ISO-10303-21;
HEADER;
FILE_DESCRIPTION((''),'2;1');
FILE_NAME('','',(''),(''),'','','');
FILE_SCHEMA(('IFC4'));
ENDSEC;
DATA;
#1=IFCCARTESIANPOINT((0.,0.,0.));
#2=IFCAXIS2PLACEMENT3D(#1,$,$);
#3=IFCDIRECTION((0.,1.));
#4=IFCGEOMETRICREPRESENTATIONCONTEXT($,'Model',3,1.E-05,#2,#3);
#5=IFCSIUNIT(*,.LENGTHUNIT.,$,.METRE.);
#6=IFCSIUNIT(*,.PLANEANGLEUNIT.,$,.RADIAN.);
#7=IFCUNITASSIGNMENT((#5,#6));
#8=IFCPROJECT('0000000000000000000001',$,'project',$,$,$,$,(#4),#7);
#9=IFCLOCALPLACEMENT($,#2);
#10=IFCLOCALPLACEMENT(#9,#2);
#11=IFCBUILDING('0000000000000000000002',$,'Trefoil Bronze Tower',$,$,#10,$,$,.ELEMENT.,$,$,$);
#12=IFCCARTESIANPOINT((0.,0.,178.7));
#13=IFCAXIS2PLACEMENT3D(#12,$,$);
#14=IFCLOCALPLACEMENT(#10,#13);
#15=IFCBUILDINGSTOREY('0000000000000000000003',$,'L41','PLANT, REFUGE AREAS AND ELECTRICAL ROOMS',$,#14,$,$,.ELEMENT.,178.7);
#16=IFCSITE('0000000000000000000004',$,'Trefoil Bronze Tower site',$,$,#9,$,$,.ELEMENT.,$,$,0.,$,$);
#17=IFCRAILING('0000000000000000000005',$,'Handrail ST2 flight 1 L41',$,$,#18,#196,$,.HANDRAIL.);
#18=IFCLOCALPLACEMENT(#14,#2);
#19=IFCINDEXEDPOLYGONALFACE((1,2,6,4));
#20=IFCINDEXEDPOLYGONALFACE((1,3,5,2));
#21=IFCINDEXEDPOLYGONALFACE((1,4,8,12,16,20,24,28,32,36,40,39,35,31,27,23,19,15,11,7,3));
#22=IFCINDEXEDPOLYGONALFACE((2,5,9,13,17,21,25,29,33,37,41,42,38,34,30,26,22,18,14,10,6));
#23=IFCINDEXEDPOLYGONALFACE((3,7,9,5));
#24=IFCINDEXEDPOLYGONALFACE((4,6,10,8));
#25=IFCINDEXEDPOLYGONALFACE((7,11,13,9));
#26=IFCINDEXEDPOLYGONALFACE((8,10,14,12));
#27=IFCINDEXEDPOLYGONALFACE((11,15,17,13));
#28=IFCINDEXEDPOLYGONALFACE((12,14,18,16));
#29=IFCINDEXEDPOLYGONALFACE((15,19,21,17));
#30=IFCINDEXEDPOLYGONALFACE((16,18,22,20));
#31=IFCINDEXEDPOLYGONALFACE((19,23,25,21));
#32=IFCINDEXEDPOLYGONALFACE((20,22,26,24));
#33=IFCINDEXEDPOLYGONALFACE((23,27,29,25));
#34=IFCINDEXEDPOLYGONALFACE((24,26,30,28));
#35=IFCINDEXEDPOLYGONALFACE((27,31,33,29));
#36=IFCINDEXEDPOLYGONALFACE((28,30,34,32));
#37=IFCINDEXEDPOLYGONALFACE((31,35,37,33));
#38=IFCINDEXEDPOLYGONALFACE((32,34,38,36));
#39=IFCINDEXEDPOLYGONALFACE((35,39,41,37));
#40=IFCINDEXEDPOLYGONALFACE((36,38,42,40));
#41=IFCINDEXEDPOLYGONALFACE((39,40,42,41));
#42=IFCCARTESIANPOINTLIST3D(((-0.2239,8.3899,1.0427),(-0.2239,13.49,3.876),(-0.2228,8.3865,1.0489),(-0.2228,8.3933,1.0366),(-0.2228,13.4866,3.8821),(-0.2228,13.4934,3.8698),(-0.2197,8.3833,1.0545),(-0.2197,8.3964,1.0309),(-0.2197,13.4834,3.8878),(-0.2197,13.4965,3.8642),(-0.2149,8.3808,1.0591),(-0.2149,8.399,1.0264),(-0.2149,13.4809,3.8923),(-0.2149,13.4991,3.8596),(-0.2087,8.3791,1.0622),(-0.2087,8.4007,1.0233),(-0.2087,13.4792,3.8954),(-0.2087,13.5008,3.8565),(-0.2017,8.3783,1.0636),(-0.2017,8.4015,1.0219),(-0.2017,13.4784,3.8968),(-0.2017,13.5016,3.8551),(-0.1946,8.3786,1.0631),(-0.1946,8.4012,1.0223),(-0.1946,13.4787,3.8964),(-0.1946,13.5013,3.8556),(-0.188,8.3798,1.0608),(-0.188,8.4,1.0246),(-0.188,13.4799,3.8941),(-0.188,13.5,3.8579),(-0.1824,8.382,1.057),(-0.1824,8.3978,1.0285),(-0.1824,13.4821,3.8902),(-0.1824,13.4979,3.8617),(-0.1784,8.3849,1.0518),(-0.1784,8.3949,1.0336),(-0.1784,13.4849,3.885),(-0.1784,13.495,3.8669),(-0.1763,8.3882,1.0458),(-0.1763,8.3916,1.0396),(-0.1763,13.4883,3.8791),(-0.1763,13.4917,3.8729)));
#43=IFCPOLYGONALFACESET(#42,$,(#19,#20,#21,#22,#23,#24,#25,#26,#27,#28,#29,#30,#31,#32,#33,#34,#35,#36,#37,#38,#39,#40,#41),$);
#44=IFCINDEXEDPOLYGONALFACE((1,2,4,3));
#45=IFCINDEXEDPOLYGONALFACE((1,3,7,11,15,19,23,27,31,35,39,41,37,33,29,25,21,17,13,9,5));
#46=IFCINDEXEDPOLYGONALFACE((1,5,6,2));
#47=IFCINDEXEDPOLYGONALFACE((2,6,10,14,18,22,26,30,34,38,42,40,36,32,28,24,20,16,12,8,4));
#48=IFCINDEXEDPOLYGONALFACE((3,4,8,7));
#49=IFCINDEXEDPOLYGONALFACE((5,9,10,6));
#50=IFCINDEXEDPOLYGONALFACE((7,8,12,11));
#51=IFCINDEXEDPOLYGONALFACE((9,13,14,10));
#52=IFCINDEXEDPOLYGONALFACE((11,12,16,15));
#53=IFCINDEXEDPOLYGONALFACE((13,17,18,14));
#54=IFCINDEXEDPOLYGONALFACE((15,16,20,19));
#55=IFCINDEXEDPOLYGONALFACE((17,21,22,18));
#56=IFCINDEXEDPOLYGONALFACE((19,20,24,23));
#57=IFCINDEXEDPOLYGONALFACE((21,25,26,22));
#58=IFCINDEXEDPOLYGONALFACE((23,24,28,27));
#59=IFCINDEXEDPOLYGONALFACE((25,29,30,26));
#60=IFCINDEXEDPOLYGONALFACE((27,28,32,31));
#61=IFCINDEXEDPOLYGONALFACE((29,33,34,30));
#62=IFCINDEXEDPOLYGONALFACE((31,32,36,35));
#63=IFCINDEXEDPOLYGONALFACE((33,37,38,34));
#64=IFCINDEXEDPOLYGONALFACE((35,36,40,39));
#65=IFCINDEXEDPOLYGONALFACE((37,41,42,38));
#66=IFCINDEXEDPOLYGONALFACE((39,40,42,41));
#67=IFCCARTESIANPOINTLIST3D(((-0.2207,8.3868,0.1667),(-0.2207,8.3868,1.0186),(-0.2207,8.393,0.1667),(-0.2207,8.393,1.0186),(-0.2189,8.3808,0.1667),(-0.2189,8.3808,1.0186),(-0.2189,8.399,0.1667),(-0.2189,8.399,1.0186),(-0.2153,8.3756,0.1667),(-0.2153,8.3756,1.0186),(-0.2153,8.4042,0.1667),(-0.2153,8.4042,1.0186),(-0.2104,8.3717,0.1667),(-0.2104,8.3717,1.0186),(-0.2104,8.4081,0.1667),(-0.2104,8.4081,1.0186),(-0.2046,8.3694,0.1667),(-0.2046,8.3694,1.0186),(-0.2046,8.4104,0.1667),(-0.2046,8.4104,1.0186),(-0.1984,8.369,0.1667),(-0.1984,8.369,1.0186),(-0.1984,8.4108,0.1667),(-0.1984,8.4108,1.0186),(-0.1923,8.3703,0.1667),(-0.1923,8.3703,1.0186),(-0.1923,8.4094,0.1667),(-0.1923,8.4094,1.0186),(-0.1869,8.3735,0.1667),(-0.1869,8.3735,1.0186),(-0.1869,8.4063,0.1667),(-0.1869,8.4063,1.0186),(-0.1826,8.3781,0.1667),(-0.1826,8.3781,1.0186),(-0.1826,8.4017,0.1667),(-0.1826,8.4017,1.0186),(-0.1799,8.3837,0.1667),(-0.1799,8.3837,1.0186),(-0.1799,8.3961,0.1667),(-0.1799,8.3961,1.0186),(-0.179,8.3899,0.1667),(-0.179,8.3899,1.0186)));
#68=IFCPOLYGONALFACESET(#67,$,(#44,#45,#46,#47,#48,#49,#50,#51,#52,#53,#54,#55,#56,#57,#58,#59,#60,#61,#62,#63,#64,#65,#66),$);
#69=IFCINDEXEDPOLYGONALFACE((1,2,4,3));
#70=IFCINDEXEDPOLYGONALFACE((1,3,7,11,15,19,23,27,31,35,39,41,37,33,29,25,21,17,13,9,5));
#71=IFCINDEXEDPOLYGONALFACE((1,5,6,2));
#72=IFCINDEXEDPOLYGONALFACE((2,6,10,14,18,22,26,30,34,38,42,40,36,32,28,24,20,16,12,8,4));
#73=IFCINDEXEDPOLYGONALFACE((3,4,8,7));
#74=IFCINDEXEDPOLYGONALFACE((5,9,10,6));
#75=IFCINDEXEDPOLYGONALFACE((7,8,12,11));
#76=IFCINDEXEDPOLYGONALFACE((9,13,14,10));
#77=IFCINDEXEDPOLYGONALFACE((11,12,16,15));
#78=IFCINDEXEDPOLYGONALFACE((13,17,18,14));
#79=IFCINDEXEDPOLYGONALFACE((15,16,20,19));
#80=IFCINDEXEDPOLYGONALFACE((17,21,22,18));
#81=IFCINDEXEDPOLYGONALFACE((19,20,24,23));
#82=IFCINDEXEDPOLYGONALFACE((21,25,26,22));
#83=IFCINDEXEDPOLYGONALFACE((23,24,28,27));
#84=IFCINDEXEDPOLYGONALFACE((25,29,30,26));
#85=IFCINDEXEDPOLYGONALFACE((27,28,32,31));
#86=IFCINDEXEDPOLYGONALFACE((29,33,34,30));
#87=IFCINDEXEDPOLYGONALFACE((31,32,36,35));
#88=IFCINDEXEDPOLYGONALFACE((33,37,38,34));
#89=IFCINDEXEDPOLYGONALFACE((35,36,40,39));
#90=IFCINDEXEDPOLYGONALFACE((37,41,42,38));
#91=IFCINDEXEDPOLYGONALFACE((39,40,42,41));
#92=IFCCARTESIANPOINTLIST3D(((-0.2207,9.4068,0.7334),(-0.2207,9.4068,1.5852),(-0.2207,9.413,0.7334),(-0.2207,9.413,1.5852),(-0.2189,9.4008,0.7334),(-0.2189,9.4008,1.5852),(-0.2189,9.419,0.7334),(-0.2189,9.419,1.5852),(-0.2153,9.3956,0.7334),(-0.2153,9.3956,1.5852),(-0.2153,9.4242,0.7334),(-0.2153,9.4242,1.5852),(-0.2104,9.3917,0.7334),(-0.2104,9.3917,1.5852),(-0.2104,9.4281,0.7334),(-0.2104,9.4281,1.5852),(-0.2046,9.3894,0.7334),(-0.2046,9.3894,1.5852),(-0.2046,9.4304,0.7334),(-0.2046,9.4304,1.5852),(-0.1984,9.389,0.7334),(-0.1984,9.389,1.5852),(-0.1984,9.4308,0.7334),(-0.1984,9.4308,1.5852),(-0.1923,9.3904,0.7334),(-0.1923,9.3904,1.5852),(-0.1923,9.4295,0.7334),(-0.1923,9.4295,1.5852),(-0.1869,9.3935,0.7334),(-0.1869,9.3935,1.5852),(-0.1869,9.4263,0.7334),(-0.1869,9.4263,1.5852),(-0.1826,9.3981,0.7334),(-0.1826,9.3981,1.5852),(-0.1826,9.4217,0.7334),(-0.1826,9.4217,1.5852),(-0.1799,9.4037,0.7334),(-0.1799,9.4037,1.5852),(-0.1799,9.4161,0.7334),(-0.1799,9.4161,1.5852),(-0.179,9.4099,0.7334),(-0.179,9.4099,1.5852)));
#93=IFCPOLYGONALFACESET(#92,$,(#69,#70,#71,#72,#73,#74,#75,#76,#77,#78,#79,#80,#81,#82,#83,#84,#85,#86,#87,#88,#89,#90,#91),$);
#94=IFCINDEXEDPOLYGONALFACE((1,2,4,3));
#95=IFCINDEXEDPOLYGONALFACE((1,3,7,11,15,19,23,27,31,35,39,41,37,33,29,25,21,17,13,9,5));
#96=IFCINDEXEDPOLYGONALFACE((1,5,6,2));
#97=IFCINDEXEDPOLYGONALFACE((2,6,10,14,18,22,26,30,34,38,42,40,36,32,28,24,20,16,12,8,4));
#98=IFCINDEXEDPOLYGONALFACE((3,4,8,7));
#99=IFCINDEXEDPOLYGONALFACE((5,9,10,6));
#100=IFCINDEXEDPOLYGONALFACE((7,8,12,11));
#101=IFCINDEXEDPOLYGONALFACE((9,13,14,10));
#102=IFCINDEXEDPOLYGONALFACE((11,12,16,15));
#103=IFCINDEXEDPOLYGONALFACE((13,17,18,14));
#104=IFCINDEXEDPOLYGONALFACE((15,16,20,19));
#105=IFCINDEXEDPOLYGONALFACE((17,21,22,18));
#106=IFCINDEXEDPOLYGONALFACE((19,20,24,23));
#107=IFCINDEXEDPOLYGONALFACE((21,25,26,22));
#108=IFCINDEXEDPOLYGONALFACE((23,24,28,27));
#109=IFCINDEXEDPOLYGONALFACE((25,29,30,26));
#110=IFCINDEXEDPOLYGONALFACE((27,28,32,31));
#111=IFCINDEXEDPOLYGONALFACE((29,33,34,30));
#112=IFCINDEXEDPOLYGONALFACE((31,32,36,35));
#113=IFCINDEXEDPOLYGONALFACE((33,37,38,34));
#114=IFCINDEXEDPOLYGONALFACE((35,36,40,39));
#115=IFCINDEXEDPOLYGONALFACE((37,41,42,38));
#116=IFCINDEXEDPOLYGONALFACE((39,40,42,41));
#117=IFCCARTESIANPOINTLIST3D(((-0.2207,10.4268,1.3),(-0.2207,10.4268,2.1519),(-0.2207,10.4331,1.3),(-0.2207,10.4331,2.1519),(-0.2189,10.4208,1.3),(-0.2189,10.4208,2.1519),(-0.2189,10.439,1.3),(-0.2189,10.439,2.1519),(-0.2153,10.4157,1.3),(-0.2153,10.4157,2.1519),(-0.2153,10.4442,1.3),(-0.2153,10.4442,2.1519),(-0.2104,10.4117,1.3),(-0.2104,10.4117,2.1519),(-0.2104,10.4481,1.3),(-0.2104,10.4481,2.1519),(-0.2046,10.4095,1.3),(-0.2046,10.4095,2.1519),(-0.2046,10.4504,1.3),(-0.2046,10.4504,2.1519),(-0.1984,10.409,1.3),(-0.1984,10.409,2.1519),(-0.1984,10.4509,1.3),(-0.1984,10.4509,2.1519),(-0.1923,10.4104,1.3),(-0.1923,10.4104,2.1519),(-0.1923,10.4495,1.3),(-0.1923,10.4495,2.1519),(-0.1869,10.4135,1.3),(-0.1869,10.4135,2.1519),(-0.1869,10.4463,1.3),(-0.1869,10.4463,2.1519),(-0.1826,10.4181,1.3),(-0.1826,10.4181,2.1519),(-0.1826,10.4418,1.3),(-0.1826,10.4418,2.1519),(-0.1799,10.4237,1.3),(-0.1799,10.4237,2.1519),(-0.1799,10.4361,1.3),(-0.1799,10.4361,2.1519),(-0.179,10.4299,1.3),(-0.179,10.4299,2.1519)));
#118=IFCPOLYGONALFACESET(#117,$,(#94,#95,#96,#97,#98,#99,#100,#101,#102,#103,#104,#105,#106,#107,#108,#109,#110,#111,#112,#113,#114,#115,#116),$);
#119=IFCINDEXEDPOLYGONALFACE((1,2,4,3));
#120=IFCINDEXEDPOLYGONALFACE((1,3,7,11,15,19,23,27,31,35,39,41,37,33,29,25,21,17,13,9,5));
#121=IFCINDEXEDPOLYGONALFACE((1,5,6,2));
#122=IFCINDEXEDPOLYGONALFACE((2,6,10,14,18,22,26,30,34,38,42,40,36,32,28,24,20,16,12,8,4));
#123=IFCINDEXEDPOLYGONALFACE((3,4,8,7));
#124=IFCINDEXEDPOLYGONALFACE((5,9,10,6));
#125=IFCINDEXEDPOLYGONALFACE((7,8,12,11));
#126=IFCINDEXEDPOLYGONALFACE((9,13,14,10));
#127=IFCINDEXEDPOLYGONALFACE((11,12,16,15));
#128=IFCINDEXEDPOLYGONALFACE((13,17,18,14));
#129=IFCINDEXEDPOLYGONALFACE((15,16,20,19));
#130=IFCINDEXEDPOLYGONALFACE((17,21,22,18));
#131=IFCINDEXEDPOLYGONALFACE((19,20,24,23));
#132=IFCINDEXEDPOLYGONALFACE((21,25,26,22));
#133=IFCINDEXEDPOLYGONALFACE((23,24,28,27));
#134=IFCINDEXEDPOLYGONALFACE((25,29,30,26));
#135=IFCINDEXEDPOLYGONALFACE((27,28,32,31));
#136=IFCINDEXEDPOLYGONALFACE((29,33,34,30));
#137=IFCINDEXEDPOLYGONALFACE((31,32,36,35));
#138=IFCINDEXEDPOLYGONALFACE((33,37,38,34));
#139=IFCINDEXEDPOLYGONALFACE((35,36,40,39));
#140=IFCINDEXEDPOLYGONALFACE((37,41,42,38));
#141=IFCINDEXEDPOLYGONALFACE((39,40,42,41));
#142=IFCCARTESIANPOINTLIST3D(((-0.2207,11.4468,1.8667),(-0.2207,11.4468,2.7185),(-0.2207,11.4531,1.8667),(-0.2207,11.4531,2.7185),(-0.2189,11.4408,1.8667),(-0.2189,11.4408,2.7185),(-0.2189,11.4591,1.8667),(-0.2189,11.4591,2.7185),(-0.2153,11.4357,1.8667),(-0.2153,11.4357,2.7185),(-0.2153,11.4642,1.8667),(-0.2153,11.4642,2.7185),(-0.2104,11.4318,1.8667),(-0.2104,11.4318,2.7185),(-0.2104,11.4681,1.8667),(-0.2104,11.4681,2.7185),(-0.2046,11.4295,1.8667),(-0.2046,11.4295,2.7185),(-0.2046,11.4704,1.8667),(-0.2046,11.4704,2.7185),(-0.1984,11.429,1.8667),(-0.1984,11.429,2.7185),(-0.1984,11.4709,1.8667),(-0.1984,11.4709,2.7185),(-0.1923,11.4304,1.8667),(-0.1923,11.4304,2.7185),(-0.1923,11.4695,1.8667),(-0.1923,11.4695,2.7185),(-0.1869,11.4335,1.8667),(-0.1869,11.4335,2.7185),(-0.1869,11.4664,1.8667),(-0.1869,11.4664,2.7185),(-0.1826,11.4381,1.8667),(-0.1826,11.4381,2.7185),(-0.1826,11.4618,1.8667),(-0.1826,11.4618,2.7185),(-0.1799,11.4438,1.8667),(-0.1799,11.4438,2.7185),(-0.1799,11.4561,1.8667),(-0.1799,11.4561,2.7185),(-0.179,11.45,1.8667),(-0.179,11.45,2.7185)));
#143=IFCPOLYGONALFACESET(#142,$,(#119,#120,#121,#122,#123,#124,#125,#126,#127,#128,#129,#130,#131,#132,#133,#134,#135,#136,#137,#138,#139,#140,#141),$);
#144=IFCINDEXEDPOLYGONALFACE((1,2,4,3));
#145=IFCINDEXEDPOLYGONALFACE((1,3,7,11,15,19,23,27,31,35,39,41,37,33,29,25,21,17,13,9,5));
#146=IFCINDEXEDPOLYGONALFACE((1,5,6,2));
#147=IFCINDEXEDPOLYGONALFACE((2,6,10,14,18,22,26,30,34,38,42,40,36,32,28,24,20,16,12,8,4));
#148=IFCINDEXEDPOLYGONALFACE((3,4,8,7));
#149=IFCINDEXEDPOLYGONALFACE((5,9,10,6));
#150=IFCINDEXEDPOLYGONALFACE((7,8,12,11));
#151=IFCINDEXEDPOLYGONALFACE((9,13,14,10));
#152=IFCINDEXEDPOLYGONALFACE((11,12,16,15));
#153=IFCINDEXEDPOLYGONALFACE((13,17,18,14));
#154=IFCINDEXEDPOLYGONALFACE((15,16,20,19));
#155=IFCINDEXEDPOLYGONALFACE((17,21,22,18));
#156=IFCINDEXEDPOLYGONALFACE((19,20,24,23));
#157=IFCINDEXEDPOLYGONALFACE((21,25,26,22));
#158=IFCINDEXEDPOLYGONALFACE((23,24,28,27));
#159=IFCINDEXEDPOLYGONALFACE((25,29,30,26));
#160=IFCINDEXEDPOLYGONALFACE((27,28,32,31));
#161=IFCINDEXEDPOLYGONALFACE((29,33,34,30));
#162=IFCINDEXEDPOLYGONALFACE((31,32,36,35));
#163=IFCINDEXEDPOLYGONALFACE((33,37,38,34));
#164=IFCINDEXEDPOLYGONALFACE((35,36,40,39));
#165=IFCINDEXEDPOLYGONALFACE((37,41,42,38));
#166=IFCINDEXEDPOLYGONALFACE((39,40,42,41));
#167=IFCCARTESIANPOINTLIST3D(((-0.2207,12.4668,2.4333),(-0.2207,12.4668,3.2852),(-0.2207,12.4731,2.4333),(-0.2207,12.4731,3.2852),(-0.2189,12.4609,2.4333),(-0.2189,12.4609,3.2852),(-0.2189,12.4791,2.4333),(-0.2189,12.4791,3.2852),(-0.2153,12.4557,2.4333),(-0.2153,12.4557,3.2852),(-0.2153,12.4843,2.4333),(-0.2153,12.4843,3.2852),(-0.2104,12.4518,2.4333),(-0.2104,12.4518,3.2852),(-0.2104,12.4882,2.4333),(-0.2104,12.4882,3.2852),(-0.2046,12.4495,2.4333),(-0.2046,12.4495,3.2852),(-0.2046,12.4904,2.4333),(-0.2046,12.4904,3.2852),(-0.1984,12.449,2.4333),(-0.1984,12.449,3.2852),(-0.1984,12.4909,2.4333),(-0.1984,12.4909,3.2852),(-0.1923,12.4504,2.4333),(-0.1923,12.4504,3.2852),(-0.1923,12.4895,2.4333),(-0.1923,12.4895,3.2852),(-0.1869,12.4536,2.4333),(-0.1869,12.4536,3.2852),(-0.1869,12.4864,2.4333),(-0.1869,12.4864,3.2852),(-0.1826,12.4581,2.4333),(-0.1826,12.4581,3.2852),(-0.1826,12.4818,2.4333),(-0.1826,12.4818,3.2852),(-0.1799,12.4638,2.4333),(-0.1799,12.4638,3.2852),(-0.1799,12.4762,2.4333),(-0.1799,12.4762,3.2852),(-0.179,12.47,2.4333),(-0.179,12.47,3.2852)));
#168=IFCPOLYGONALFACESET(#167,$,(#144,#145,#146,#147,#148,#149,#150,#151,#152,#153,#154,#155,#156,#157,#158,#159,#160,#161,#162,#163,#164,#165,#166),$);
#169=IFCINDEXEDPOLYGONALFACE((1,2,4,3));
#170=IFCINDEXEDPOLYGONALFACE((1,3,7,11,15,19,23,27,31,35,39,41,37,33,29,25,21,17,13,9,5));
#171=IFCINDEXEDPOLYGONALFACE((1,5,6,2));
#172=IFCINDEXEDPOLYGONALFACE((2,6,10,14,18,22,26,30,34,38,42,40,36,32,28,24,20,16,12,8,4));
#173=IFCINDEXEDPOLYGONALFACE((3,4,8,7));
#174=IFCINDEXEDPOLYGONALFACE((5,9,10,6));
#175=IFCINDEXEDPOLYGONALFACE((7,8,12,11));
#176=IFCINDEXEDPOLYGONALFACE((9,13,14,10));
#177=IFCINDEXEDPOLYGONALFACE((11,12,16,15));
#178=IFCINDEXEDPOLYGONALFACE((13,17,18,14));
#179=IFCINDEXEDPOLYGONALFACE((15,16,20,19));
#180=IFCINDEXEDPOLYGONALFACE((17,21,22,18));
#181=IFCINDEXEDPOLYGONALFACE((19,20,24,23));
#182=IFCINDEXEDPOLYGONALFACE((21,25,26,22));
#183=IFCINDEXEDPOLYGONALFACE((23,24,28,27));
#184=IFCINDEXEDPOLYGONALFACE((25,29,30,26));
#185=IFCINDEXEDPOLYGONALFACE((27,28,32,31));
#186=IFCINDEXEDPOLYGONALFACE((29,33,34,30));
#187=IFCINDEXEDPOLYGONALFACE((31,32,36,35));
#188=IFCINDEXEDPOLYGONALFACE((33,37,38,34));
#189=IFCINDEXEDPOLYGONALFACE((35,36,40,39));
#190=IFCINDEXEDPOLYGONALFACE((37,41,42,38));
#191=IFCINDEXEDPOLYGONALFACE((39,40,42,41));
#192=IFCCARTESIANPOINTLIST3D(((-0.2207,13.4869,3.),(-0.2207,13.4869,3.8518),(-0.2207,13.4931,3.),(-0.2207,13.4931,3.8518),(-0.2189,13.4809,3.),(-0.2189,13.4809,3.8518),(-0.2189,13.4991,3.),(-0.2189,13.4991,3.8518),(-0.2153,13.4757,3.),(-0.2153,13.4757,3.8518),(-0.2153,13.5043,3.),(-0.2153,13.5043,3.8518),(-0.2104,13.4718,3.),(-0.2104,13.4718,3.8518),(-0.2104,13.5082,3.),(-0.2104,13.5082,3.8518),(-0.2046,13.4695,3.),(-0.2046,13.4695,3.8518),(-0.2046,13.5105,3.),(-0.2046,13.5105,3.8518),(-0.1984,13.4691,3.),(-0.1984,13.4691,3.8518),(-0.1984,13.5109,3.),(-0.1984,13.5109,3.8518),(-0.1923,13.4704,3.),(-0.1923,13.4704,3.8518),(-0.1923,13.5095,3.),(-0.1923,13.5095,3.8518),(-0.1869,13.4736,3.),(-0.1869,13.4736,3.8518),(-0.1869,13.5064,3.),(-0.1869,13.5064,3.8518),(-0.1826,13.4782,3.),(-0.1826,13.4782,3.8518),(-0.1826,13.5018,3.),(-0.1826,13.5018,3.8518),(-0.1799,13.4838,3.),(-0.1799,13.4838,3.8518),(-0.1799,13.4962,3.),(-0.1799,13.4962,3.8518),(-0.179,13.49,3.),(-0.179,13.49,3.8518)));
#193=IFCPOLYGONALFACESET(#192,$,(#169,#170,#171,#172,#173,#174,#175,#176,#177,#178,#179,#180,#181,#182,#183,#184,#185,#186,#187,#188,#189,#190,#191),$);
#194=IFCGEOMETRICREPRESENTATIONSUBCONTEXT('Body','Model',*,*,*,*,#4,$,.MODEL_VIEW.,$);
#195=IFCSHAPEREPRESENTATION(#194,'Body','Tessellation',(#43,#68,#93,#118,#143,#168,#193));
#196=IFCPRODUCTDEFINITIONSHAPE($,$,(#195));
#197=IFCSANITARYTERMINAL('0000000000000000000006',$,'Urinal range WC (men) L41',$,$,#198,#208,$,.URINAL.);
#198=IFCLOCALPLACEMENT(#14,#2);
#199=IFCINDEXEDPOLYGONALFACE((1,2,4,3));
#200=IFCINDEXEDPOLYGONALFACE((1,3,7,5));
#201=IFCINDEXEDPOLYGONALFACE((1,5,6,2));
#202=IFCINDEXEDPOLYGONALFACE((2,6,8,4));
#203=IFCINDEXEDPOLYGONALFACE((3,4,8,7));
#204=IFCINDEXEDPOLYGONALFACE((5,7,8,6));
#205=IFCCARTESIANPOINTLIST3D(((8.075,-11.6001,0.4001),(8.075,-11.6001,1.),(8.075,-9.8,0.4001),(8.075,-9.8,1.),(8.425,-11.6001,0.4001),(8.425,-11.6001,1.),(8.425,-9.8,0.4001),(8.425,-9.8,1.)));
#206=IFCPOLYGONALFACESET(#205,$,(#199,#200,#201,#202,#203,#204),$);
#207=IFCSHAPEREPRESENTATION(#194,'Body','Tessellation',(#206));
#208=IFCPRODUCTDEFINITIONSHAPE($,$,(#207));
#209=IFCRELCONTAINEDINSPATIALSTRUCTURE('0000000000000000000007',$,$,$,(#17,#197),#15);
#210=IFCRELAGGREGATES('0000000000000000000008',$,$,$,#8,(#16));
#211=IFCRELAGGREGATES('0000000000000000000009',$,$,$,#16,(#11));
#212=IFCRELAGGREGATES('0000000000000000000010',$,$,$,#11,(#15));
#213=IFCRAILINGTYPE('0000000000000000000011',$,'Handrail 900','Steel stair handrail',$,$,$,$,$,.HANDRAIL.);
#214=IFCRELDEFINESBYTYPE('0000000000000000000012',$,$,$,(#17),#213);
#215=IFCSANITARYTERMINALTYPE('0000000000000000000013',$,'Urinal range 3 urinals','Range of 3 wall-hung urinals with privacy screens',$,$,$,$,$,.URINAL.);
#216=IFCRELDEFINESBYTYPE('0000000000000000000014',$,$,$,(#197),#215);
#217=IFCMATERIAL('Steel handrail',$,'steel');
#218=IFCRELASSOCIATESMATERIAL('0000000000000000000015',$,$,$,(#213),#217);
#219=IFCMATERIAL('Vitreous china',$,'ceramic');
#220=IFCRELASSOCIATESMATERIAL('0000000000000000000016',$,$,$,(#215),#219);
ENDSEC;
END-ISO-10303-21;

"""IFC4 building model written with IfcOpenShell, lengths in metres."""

from ifc_helpers import new_model, si_unit, direction, frame, origin, origin_2d, place, context, subcontext, project, spatial, polyline, circle, outline, extrude, material, type_object, element, save


model = new_model("IFC4")

# Units and contexts
model_context = context("Model", 3, precision=1e-05, world=origin(), true_north=direction((0.0, 1.0)))
body_context = subcontext(model_context, "Body", "Model", "MODEL_VIEW")
ifc_project = project(units=[si_unit("LENGTHUNIT", "METRE"), si_unit("PLANEANGLEUNIT", "RADIAN")], contexts=[model_context])

# Site, building, storey
site_placement = place(None, origin())
site = spatial("IfcSite", under=ifc_project, at=site_placement, Name="Trefoil Bronze Tower site", CompositionType="ELEMENT", RefElevation=0.0)
building_placement = place(site_placement, origin())
building = spatial("IfcBuilding", under=site, at=building_placement, Name="Trefoil Bronze Tower", CompositionType="ELEMENT")
storey_placement = place(building_placement, frame((0.0, 0.0, 178.7)))
storey = spatial("IfcBuildingStorey", under=building, at=storey_placement, Name="L41", Description="PLANT, REFUGE AREAS AND ELECTRICAL ROOMS", CompositionType="ELEMENT", Elevation=178.7)

# Railing
ifc_material_1 = material(Name="Steel handrail", Category="steel")
railing_type = type_object("IfcRailingType", Name="Handrail 900", Description="Steel stair handrail", PredefinedType="HANDRAIL", material=ifc_material_1)
railing_placement = place(storey_placement, frame((-0.2, 8.3899, 0.1667)))
element("IfcRailing", 1, at=railing_placement, inside=storey, type_object=railing_type, Name="Handrail ST2 flight 1 L41", PredefinedType="HANDRAIL", context=body_context, shape_type="SweptSolid", body=[
    extrude(circle(Radius=0.0239, at=origin_2d()), frame((0.0, 0.0, 0.876), z_axis=(0.0, 0.874167, 0.485625), x_axis=(-1.0, 0.0, 0.0)), (0.0, 0.0, 1.0), 5.8342),
    extrude(circle(Radius=0.021, at=origin_2d()), origin(), (0.0, 0.0, 1.0), 0.8518),
    extrude(circle(Radius=0.021, at=origin_2d()), frame((0.0, 1.02, 0.5667)), (0.0, 0.0, 1.0), 0.8518),
    extrude(circle(Radius=0.021, at=origin_2d()), frame((0.0, 2.04, 1.1333)), (0.0, 0.0, 1.0), 0.8518),
    extrude(circle(Radius=0.021, at=origin_2d()), frame((0.0, 3.0601, 1.7)), (0.0, 0.0, 1.0), 0.8518),
    extrude(circle(Radius=0.021, at=origin_2d()), frame((0.0, 4.0801, 2.2666)), (0.0, 0.0, 1.0), 0.8518),
    extrude(circle(Radius=0.021, at=origin_2d()), frame((0.0, 5.1001, 2.8333)), (0.0, 0.0, 1.0), 0.8518),
])

# Sanitary terminal
ifc_material_2 = material(Name="Vitreous china", Category="ceramic")
sanitary_terminal_type_1 = type_object("IfcSanitaryTerminalType", Name="Urinal range 3 urinals", Description="Range of 3 wall-hung urinals with privacy screens", PredefinedType="URINAL", material=ifc_material_2)
sanitary_terminal_1_placement = place(storey_placement, frame((0.0, 0.0, 0.4001)))
element("IfcSanitaryTerminal", 2, at=sanitary_terminal_1_placement, inside=storey, type_object=sanitary_terminal_type_1, Name="Urinal range WC (men) L41", PredefinedType="URINAL", context=body_context, shape_type="SweptSolid", body=[
    extrude(outline(polyline([(8.075, -9.8), (8.425, -9.8), (8.425, -11.6001), (8.075, -11.6001), (8.075, -9.8)])), origin(), (0.0, 0.0, 1.0), 0.5999),
])

save(model, "model.ifc")
